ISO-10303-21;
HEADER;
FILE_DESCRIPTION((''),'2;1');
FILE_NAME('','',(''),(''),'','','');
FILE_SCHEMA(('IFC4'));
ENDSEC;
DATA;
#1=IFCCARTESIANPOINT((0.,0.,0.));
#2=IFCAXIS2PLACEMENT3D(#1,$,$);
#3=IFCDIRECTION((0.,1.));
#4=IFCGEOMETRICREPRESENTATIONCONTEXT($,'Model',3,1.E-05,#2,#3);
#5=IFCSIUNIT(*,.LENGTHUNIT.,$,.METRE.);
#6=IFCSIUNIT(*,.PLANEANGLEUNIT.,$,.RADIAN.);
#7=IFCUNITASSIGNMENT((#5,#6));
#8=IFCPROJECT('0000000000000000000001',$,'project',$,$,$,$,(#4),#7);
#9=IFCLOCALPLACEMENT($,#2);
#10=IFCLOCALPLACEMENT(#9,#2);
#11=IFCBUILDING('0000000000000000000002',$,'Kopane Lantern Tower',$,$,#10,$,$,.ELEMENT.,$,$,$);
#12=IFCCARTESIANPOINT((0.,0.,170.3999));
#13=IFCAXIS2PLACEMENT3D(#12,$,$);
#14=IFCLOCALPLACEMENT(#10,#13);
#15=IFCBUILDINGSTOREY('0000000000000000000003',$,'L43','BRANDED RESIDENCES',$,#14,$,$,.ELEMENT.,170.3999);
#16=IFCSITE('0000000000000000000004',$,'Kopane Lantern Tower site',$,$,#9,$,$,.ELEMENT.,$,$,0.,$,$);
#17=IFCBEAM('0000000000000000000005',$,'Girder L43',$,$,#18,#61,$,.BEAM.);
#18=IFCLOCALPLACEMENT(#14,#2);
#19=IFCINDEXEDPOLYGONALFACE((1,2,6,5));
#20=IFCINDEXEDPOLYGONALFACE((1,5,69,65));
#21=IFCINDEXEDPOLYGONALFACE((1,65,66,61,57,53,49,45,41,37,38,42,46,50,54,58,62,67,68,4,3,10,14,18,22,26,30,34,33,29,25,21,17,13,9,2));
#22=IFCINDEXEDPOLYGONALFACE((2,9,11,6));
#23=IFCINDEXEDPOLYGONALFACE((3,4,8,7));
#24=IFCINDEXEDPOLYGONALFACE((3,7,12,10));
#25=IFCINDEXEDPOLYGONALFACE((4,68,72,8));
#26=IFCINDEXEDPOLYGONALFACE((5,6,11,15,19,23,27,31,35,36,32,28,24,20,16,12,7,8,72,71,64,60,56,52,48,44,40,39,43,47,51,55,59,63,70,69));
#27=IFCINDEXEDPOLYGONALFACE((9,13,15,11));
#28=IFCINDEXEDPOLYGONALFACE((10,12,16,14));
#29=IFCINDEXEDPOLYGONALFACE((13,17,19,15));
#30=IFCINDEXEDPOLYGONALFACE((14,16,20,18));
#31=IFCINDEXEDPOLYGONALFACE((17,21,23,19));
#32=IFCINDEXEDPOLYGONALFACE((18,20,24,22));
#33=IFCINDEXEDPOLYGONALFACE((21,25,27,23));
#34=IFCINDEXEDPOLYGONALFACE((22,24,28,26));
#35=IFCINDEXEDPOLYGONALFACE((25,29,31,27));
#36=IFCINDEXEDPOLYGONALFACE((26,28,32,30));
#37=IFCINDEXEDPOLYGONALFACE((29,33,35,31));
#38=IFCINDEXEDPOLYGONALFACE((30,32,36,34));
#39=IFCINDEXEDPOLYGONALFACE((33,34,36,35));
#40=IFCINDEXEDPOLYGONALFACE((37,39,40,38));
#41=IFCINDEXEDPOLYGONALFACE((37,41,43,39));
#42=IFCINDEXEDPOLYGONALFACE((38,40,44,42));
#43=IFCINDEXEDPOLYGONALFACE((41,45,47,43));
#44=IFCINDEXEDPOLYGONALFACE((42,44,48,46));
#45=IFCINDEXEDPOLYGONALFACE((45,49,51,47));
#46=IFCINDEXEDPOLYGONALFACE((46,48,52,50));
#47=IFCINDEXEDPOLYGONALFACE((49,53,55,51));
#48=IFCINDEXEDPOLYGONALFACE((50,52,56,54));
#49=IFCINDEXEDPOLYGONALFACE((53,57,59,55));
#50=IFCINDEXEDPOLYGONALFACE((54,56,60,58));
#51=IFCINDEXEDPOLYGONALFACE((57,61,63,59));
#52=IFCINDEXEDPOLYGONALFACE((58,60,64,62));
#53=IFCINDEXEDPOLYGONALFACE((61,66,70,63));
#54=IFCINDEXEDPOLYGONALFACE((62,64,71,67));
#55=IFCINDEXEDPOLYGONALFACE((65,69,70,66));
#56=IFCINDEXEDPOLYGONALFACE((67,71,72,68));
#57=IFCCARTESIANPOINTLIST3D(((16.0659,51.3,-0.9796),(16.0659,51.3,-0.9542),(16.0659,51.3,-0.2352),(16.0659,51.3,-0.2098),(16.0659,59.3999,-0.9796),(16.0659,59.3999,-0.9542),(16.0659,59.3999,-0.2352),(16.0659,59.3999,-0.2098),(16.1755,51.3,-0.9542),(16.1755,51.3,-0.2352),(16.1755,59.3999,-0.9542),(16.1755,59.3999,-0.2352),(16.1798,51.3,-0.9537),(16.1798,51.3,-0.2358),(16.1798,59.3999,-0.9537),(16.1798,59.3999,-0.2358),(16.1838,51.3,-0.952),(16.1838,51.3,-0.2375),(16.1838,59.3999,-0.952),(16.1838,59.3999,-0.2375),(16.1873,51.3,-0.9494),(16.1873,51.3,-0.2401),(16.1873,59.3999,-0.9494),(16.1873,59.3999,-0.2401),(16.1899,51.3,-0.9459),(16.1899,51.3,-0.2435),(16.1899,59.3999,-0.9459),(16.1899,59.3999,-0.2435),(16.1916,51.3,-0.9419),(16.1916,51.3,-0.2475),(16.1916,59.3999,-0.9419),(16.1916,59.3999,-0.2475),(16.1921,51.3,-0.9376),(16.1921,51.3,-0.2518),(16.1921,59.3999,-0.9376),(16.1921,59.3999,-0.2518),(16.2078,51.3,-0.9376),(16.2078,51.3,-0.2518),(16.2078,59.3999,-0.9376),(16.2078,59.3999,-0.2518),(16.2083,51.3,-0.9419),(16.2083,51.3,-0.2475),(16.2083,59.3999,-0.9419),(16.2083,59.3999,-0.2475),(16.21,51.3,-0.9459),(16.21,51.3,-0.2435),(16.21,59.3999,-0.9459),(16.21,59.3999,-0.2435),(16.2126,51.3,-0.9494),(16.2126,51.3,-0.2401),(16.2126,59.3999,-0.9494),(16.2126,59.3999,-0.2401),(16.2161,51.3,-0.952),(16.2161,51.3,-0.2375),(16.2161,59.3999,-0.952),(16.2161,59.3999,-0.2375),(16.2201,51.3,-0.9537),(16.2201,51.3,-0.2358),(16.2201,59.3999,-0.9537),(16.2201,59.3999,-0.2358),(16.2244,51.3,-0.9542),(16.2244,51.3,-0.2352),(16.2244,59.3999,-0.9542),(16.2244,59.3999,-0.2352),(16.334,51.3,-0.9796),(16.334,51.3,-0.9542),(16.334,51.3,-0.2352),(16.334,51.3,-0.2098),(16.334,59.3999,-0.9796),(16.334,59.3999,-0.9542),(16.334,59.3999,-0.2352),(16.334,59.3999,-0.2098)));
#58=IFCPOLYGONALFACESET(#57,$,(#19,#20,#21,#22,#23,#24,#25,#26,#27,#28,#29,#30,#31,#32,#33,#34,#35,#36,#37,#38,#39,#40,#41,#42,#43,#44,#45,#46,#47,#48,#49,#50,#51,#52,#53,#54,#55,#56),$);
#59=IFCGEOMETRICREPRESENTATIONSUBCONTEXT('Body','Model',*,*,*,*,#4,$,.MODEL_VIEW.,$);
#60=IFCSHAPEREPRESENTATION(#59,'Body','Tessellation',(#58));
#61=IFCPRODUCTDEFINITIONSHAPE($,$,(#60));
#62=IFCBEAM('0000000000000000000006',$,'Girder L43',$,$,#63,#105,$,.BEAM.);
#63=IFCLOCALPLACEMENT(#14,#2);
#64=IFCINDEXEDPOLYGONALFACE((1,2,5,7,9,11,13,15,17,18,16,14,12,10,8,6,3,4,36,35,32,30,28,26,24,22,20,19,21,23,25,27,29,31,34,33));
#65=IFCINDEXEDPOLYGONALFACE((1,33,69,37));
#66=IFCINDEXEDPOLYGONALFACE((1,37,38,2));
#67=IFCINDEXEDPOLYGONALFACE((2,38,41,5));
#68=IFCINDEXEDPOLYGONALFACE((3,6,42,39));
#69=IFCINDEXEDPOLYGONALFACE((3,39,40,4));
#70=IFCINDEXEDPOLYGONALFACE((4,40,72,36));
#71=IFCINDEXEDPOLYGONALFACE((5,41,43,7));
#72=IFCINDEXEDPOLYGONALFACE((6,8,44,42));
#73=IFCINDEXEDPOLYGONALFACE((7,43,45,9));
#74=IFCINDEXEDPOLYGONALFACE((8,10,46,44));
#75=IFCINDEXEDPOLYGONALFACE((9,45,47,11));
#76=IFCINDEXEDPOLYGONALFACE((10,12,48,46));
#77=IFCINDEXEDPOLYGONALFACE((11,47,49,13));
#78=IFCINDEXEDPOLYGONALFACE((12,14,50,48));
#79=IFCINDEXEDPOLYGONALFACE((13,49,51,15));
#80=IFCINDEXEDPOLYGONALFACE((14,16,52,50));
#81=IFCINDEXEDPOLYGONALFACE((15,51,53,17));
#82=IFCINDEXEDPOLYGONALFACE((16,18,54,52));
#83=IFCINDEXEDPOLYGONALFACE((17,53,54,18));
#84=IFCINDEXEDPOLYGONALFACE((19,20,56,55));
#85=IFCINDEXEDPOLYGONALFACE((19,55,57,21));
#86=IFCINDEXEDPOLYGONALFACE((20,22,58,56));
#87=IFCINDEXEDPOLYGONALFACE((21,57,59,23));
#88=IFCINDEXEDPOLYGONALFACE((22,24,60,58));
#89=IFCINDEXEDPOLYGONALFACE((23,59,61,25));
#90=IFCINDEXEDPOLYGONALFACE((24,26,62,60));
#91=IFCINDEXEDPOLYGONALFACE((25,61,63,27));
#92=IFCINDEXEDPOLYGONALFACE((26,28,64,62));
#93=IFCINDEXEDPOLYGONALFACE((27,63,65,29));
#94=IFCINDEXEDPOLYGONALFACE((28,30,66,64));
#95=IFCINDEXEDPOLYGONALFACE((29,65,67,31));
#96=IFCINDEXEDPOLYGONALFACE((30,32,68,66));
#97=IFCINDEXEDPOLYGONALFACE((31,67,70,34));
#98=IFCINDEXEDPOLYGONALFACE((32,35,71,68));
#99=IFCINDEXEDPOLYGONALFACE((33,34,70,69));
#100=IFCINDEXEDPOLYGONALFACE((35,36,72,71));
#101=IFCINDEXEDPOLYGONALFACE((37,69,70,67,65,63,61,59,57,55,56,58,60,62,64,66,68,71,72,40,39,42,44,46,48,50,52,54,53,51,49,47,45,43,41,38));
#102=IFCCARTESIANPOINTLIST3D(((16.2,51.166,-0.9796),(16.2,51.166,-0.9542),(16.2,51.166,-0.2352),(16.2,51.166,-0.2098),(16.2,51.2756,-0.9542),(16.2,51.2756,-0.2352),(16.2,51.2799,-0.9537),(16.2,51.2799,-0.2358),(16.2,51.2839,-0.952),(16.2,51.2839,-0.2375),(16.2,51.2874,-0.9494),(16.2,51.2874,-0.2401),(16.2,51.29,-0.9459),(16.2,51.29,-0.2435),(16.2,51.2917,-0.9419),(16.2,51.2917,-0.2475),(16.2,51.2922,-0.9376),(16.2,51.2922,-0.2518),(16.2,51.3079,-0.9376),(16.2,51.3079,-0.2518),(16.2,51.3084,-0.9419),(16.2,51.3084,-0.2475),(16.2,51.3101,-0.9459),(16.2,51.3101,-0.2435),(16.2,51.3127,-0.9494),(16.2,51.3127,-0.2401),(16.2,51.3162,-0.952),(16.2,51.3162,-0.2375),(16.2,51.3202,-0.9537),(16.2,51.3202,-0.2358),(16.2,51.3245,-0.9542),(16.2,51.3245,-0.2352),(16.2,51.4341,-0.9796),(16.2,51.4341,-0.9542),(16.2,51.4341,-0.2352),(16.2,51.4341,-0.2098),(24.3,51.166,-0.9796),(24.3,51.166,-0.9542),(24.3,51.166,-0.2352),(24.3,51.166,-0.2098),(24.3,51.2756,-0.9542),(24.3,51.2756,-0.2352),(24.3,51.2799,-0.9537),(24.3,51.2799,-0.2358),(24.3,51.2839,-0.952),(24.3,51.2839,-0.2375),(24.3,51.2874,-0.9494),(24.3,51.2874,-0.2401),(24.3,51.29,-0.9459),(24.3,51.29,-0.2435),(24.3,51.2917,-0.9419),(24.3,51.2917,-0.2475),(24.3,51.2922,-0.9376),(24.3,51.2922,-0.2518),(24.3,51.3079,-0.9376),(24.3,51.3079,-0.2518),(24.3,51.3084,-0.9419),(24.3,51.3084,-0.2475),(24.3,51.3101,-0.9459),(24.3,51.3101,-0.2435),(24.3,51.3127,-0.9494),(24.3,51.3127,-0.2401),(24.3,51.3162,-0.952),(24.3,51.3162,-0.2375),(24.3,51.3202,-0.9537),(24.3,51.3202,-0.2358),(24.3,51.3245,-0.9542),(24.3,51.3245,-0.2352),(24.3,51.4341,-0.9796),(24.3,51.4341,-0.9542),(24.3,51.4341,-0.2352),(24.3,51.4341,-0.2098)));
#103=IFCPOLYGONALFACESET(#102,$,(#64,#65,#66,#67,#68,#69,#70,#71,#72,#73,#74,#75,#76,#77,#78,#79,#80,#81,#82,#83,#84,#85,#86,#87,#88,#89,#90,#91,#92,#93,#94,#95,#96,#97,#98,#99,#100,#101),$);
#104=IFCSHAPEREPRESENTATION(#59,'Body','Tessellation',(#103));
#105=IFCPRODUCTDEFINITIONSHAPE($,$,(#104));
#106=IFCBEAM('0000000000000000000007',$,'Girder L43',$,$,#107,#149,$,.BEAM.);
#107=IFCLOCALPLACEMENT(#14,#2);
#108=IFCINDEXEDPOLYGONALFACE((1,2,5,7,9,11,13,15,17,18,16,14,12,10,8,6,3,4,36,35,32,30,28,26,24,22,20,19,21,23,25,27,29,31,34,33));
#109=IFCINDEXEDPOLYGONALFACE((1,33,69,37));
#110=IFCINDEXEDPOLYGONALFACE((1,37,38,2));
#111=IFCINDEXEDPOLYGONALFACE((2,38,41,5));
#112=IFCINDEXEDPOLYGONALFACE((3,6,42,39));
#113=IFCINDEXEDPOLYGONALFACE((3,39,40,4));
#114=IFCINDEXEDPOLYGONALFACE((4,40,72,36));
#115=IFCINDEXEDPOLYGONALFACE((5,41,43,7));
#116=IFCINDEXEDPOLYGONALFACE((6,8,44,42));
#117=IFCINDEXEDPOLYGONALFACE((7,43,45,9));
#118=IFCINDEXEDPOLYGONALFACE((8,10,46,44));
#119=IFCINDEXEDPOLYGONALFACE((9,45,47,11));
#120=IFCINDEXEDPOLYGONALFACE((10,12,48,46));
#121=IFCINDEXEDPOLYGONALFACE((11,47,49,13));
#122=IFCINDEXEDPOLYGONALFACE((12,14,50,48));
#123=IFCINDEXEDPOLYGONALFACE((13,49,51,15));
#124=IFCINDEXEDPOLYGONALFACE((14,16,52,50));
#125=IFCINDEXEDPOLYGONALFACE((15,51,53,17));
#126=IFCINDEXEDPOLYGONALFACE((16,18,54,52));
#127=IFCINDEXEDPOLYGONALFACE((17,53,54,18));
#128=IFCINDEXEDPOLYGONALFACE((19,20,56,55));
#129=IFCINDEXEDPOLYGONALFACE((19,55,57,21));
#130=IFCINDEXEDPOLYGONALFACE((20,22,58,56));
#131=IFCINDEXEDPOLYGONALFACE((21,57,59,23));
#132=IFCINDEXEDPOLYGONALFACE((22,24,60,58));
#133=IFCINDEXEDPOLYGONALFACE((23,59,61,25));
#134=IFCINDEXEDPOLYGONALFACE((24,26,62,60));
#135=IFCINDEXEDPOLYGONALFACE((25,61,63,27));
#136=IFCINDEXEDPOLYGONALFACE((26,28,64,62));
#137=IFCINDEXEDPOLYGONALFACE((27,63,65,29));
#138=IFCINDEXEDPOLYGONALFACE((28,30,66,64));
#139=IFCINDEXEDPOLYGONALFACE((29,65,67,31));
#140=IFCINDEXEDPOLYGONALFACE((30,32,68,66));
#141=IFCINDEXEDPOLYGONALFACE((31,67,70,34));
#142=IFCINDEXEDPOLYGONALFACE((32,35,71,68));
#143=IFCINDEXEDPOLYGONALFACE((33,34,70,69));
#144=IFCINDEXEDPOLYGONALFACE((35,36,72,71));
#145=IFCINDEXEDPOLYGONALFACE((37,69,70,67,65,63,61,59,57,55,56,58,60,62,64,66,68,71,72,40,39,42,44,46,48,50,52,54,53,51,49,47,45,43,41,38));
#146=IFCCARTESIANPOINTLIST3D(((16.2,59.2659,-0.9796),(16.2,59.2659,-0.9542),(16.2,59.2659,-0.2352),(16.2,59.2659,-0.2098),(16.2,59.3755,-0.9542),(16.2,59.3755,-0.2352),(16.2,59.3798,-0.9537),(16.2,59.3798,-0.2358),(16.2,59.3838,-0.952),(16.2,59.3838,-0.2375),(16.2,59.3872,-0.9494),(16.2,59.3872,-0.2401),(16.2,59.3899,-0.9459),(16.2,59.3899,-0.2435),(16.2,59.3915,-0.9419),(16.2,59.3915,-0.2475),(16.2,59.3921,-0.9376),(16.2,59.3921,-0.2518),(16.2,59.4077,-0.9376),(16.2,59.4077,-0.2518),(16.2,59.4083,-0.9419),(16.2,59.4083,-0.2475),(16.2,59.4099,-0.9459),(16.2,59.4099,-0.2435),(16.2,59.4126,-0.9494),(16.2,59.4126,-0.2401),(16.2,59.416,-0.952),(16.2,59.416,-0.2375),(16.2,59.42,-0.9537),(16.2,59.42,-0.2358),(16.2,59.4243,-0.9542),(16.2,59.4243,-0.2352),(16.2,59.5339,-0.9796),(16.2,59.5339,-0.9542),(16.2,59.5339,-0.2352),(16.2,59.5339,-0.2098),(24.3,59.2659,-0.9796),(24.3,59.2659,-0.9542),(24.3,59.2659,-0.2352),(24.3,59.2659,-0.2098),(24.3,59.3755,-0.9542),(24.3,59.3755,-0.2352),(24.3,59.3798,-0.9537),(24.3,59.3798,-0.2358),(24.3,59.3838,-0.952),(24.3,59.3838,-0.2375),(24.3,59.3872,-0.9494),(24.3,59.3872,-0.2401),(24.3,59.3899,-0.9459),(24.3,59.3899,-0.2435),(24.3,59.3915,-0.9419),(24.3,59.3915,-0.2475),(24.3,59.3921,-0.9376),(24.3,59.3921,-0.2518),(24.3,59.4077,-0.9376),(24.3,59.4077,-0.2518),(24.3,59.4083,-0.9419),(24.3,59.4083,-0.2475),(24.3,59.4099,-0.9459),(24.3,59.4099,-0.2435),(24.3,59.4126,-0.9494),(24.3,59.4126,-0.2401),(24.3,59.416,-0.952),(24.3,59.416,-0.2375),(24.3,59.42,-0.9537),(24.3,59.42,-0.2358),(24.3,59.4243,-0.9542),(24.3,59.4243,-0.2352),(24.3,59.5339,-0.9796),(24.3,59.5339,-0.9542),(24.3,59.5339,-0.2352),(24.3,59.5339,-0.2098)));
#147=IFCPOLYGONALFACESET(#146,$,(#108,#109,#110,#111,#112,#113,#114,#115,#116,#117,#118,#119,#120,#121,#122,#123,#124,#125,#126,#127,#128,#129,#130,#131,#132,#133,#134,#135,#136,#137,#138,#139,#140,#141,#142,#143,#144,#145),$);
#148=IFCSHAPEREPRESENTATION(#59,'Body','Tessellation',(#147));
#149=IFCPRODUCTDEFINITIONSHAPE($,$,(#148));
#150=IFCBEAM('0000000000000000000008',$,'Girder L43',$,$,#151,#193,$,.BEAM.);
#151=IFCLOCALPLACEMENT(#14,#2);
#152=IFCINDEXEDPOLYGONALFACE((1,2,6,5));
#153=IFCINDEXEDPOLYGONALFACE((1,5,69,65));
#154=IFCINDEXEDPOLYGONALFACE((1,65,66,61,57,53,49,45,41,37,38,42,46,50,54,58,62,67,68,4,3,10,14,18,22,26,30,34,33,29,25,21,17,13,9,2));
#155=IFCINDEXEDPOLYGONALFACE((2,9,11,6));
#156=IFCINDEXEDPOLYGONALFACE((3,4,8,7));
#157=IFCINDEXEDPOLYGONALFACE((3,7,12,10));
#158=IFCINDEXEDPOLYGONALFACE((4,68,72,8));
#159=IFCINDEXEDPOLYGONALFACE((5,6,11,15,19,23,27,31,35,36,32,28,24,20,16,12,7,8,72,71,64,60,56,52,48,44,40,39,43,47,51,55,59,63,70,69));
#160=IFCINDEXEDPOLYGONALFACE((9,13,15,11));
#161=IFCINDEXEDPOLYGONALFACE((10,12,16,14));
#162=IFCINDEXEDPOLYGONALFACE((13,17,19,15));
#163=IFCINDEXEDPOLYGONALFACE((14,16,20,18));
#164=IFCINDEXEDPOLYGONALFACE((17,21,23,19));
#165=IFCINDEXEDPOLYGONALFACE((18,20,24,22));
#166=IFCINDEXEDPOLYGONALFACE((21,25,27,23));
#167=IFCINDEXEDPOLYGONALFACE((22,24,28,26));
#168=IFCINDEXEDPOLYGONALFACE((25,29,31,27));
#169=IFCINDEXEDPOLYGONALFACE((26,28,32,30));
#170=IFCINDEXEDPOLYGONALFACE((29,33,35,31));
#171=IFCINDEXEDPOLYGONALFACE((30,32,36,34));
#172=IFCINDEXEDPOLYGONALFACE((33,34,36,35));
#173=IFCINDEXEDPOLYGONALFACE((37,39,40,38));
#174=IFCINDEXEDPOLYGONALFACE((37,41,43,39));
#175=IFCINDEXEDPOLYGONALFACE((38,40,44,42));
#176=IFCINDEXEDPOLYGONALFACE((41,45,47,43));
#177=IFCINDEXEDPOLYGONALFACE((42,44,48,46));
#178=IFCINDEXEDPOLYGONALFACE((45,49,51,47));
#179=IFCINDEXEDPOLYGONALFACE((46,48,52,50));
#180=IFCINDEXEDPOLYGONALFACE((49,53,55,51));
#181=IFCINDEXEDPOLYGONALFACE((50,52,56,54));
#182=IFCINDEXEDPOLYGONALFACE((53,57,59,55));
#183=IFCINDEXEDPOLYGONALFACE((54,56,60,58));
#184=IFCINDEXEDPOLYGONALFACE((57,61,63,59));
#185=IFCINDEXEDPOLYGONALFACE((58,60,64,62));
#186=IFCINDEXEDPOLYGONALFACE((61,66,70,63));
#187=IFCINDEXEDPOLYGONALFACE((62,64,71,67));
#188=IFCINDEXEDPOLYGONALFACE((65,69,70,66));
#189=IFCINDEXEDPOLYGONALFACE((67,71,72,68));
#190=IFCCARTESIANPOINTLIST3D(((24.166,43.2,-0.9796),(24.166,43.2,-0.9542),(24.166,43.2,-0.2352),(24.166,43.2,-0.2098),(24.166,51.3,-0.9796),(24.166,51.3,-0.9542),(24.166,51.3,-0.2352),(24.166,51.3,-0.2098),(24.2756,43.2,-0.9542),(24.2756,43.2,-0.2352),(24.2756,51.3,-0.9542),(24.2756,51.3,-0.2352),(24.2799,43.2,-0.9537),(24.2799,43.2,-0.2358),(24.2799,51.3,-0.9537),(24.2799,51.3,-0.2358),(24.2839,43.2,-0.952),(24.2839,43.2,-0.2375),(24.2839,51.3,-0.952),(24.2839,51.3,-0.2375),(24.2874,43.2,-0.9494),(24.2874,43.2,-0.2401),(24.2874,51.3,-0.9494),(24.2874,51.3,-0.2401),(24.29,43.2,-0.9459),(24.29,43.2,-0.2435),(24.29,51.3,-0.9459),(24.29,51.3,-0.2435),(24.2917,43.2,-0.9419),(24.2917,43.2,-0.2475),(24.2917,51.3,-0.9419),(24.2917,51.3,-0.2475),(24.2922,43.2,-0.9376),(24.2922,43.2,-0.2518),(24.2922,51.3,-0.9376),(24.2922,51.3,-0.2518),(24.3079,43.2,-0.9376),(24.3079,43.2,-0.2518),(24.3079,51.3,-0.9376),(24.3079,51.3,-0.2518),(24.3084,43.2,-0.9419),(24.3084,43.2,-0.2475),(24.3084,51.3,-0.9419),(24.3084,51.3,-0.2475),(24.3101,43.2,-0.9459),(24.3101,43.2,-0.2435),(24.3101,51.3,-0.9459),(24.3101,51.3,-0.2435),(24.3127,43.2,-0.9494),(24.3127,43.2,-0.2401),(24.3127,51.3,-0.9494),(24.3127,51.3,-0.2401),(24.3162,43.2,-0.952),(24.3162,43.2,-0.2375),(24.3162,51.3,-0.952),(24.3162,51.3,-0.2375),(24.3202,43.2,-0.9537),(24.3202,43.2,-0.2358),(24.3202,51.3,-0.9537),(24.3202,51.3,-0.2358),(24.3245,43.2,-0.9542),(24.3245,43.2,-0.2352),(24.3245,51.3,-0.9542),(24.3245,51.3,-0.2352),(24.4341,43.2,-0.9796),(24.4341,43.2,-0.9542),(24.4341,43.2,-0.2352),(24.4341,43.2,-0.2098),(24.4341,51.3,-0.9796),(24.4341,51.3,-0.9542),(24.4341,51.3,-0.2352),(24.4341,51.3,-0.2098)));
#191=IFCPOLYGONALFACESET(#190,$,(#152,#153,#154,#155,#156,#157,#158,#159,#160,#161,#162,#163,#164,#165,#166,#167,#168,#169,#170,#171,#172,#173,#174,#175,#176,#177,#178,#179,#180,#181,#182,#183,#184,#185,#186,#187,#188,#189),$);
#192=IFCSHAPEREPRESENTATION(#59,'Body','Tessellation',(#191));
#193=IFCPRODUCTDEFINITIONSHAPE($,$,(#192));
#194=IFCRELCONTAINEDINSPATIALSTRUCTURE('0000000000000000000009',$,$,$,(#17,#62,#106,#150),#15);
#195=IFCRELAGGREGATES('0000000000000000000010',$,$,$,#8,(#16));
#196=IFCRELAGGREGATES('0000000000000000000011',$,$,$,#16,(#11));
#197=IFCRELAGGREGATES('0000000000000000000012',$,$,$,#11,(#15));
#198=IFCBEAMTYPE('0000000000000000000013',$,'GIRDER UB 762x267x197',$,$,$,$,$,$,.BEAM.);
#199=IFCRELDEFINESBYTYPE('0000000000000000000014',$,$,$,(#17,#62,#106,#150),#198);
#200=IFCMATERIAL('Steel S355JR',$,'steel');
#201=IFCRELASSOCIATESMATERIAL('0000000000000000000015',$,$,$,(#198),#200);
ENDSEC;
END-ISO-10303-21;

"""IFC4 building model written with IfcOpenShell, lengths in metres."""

from ifc_helpers import new_model, si_unit, direction, frame, origin, origin_2d, place, context, subcontext, project, spatial, i_section, extrude, material, material_profile, profile_set, type_object, element, save


model = new_model("IFC4")

# Units and contexts
model_context = context("Model", 3, precision=1e-05, world=origin(), true_north=direction((0.0, 1.0)))
body_context = subcontext(model_context, "Body", "Model", "MODEL_VIEW")
ifc_project = project(units=[si_unit("LENGTHUNIT", "METRE"), si_unit("PLANEANGLEUNIT", "RADIAN")], contexts=[model_context])

# Site, building, storey
site_placement = place(None, origin())
site = spatial("IfcSite", under=ifc_project, at=site_placement, Name="Kopane Lantern Tower site", CompositionType="ELEMENT", RefElevation=0.0)
building_placement = place(site_placement, origin())
building = spatial("IfcBuilding", under=site, at=building_placement, Name="Kopane Lantern Tower", CompositionType="ELEMENT")
storey_placement = place(building_placement, frame((0.0, 0.0, 170.3999)))
storey = spatial("IfcBuildingStorey", under=building, at=storey_placement, Name="L43", Description="BRANDED RESIDENCES", CompositionType="ELEMENT", Elevation=170.3999)

# Beams
ifc_material_1 = material(Name="Steel S355JR", Category="steel")
ifc_material_profile_1 = material_profile(ifc_material_1, i_section(OverallWidth=0.2681, OverallDepth=0.7698, WebThickness=0.0156, FlangeThickness=0.0254, FilletRadius=0.0166, at=origin_2d()), Name="UB 762x267x197")
ifc_profile_set_1 = profile_set([ifc_material_profile_1], Name="Steel S355JR")
beam_type = type_object("IfcBeamType", Name="GIRDER UB 762x267x197", PredefinedType="BEAM", material=ifc_profile_set_1)
beam_placement = place(storey_placement, frame((16.2, 51.3, -0.5947), z_axis=(0.0, 1.0, 0.0), x_axis=(-1.0, 0.0, 0.0)))
element("IfcBeam", 1, at=beam_placement, inside=storey, type_object=beam_type, Name="Girder L43", PredefinedType="BEAM", context=body_context, shape_type="SweptSolid", body=[
    extrude(i_section(OverallWidth=0.2681, OverallDepth=0.7698, WebThickness=0.0156, FlangeThickness=0.0254, FilletRadius=0.0166, at=origin_2d()), origin(), (0.0, 0.0, 1.0), 8.0999),
])
for number, where, z_axis, x_axis, name in (
    (2, (16.2, 51.3, -0.5947), (1.0, 0.0, 0.0), (0.0, 1.0, 0.0), "Girder L43"),
    (3, (16.2, 59.3999, -0.5947), (1.0, 0.0, 0.0), (0.0, 1.0, 0.0), "Girder L43"),
    (4, (24.3, 43.2, -0.5947), (0.0, 1.0, 0.0), (-1.0, 0.0, 0.0), "Girder L43"),
):
    element("IfcBeam", number, at=place(storey_placement, frame(where, z_axis=z_axis, x_axis=x_axis)), inside=storey, type_object=beam_type, Name=name, PredefinedType="BEAM", context=body_context, shape_type="SweptSolid", body=[
        extrude(i_section(OverallWidth=0.2681, OverallDepth=0.7698, WebThickness=0.0156, FlangeThickness=0.0254, FilletRadius=0.0166, at=origin_2d()), origin(), (0.0, 0.0, 1.0), 8.1001),
    ])

save(model, "model.ifc")
